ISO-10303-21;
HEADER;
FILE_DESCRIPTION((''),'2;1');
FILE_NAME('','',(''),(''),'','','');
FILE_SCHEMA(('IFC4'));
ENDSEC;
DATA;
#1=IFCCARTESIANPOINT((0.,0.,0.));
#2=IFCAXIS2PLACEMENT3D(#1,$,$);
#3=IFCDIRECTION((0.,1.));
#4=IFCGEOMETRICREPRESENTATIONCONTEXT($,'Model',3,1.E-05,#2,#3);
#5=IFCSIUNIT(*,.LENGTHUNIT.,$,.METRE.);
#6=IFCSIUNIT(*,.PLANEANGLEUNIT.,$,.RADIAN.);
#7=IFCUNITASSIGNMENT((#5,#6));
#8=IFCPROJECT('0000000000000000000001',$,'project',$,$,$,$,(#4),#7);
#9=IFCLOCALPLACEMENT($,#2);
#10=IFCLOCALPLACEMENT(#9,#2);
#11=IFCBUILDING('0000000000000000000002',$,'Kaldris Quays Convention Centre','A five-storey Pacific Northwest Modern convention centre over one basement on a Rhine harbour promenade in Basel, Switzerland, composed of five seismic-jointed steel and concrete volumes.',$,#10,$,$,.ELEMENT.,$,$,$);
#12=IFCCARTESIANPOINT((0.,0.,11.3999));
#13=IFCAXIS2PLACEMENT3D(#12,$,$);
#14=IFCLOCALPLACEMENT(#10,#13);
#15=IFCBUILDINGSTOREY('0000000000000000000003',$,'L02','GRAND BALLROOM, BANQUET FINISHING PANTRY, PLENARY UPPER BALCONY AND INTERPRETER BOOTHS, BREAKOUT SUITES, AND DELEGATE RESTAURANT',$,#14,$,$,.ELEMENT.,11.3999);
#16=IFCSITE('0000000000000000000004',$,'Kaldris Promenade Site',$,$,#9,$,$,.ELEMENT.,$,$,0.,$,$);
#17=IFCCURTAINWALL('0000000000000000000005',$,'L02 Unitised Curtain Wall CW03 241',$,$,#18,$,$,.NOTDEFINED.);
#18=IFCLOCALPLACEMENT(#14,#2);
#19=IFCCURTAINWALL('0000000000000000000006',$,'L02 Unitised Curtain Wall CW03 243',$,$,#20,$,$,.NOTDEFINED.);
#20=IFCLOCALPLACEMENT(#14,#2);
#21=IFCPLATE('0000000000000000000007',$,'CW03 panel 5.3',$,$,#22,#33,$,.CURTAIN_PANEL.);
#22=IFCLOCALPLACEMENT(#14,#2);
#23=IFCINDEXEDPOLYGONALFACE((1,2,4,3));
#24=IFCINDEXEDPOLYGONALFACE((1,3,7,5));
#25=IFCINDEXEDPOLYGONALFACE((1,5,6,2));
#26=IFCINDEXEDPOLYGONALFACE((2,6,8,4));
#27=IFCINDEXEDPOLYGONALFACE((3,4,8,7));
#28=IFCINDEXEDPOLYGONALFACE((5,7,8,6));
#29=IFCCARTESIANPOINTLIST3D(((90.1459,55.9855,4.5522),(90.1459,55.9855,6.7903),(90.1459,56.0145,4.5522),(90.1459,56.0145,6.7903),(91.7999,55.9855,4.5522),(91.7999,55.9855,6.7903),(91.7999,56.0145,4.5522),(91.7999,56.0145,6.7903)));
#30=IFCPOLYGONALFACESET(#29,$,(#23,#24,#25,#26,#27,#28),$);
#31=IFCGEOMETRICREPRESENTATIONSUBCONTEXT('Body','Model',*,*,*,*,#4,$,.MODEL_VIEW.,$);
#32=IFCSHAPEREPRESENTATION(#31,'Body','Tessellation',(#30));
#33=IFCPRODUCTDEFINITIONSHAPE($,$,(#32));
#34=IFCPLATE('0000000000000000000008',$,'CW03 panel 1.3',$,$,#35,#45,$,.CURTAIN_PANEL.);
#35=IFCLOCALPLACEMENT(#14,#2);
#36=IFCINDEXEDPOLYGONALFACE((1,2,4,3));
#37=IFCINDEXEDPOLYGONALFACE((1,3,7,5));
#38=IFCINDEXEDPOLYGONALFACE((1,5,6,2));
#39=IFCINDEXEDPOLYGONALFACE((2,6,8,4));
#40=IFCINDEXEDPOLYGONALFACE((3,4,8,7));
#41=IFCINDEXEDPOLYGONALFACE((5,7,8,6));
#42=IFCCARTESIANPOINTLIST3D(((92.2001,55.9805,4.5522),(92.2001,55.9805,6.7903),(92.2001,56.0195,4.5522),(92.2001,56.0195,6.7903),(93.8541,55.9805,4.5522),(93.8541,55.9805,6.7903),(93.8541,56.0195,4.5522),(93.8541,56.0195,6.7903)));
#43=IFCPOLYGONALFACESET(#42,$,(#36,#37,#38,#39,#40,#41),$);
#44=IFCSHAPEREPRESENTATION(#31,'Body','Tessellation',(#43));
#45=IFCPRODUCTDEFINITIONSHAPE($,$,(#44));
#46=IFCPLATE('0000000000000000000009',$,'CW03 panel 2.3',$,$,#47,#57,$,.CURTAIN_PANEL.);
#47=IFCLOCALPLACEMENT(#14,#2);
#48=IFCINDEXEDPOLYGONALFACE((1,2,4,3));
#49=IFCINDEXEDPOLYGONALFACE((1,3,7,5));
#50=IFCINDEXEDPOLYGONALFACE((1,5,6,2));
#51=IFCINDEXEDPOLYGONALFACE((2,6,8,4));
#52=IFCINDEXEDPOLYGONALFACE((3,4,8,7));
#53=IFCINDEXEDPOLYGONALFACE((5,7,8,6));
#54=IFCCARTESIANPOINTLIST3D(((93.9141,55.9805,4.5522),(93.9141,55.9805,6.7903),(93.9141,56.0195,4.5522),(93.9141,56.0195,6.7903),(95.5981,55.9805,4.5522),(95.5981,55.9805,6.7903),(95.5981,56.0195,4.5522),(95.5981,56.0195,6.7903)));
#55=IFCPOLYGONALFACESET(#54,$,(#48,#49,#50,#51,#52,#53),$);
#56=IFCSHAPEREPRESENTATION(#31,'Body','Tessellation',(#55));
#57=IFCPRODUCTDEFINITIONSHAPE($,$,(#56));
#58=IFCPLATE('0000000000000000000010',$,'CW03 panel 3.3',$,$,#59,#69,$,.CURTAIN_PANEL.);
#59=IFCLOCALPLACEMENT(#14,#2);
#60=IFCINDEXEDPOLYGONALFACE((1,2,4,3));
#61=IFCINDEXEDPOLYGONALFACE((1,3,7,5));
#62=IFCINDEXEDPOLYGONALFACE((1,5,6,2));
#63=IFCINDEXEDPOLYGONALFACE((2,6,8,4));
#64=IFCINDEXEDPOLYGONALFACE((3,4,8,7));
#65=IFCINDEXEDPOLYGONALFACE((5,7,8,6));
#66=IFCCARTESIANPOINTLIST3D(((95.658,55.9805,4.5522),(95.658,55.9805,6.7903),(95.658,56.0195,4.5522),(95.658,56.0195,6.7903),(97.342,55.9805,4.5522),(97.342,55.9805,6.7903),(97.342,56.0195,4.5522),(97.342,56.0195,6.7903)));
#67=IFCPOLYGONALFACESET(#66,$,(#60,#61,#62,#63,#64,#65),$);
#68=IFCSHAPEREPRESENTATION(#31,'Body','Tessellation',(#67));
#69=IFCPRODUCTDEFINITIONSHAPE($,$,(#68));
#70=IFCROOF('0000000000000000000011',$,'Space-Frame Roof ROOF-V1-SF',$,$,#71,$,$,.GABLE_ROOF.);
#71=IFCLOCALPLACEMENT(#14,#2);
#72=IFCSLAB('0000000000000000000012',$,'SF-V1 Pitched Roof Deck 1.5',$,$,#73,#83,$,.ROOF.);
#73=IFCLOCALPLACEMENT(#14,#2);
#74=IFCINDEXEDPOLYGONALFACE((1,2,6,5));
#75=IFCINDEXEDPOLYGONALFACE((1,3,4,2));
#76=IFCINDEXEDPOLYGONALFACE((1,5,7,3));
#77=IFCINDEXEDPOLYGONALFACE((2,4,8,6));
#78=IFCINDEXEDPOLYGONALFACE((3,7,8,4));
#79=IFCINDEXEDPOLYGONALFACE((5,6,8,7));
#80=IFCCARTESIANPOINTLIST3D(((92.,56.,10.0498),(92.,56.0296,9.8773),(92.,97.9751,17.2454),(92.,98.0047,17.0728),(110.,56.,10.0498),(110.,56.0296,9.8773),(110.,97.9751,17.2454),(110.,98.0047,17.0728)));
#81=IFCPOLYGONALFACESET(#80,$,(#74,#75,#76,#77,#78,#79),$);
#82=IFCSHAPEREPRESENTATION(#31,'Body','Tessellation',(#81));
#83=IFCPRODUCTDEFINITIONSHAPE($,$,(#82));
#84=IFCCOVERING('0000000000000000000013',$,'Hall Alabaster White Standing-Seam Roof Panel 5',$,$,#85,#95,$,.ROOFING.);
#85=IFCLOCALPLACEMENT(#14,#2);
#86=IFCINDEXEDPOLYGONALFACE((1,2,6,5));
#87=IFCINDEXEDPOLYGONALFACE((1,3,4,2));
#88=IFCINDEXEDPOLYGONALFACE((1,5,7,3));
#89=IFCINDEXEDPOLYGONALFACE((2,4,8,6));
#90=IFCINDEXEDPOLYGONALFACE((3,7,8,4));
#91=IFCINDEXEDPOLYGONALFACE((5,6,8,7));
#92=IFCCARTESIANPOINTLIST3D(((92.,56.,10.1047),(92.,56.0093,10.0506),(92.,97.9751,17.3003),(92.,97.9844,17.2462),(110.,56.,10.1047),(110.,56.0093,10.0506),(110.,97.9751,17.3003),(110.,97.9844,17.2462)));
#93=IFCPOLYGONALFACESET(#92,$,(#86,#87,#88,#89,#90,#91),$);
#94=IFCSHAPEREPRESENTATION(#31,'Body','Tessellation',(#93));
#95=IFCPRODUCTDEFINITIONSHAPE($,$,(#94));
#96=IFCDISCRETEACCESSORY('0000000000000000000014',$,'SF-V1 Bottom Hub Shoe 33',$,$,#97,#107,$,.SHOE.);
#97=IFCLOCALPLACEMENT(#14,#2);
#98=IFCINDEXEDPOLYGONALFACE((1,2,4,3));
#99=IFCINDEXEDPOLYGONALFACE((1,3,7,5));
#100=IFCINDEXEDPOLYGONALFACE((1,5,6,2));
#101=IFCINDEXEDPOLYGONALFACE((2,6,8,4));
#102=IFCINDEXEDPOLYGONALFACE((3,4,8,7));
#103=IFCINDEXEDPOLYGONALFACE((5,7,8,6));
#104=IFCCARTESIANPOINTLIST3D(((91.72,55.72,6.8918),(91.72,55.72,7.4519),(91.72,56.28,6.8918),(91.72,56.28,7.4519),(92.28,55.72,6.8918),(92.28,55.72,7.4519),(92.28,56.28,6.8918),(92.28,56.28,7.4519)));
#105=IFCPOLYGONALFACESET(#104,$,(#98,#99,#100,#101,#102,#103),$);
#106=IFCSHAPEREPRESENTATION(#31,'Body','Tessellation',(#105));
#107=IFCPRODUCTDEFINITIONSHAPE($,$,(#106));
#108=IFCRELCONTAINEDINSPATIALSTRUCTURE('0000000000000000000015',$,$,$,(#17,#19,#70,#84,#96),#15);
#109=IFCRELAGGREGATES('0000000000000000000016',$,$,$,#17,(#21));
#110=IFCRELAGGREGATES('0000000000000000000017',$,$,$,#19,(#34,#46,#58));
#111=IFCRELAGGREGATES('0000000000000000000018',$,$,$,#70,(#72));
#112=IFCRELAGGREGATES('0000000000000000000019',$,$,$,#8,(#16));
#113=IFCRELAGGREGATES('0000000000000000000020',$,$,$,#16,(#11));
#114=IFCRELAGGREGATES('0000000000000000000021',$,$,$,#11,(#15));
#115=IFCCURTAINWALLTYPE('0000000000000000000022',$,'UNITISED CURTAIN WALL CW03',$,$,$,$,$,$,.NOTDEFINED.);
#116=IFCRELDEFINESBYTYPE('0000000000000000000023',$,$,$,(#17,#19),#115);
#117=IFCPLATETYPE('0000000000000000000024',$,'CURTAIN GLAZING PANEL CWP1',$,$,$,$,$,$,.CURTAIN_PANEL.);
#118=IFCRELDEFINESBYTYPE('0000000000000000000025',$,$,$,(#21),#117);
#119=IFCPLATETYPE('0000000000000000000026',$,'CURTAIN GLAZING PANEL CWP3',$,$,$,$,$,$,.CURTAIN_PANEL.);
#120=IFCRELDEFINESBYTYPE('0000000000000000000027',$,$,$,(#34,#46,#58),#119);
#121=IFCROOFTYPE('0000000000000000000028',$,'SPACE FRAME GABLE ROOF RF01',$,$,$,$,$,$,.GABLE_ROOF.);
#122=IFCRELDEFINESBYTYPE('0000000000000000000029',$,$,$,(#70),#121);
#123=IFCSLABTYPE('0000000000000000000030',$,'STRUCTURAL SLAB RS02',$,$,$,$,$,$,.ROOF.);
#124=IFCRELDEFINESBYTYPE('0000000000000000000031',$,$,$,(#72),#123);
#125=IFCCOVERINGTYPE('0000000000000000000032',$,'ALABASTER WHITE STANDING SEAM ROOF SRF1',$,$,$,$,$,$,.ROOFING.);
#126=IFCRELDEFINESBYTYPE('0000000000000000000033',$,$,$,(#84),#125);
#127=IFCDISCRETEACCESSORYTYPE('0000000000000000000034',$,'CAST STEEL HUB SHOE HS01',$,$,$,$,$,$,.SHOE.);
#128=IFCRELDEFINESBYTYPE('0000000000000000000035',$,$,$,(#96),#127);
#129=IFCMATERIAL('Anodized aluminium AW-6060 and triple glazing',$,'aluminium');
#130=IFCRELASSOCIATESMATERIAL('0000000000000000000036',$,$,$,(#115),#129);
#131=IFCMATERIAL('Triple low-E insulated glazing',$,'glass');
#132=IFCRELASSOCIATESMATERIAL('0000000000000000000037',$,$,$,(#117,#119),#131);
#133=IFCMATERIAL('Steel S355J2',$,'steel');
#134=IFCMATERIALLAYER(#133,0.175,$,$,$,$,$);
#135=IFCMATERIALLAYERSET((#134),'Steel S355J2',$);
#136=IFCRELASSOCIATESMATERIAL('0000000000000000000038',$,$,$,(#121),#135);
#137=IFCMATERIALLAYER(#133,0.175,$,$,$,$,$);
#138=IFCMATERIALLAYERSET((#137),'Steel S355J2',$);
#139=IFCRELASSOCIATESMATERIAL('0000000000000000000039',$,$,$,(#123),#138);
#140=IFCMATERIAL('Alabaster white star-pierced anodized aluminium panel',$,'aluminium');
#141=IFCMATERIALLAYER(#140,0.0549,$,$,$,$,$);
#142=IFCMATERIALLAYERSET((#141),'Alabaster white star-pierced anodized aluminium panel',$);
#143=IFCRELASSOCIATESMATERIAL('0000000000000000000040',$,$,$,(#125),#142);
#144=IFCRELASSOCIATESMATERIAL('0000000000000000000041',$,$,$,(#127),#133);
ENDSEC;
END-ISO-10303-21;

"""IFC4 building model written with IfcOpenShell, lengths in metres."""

from ifc_helpers import new_model, si_unit, direction, frame, origin, origin_2d, place, context, subcontext, project, spatial, polyline, rectangle, outline, extrude, material, layer, layer_set, type_object, element, aggregate, save


model = new_model("IFC4")

# Units and contexts
model_context = context("Model", 3, precision=1e-05, world=origin(), true_north=direction((0.0, 1.0)))
body_context = subcontext(model_context, "Body", "Model", "MODEL_VIEW")
ifc_project = project(units=[si_unit("LENGTHUNIT", "METRE"), si_unit("PLANEANGLEUNIT", "RADIAN")], contexts=[model_context])

# Site, building, storey
site_placement = place(None, origin())
site = spatial("IfcSite", under=ifc_project, at=site_placement, Name="Kaldris Promenade Site", CompositionType="ELEMENT", RefElevation=0.0)
building_placement = place(site_placement, origin())
building = spatial("IfcBuilding", under=site, at=building_placement, Name="Kaldris Quays Convention Centre", Description="A five-storey Pacific Northwest Modern convention centre over one basement on a Rhine harbour promenade in Basel, Switzerland, composed of five seismic-jointed steel and concrete volumes.", CompositionType="ELEMENT")
storey_placement = place(building_placement, frame((0.0, 0.0, 11.3999)))
storey = spatial("IfcBuildingStorey", under=building, at=storey_placement, Name="L02", Description="GRAND BALLROOM, BANQUET FINISHING PANTRY, PLENARY UPPER BALCONY AND INTERPRETER BOOTHS, BREAKOUT SUITES, AND DELEGATE RESTAURANT", CompositionType="ELEMENT", Elevation=11.3999)

# Curtain walls
ifc_material_1 = material(Name="Anodized aluminium AW-6060 and triple glazing", Category="aluminium")
curtain_wall_type = type_object("IfcCurtainWallType", Name="UNITISED CURTAIN WALL CW03", PredefinedType="NOTDEFINED", material=ifc_material_1)
curtain_wall_1_placement = place(storey_placement, origin())
curtain_wall_1 = element("IfcCurtainWall", 1, at=curtain_wall_1_placement, inside=storey, type_object=curtain_wall_type, Name="L02 Unitised Curtain Wall CW03 241", PredefinedType="NOTDEFINED")
curtain_wall_2_placement = place(storey_placement, origin())
curtain_wall_2 = element("IfcCurtainWall", 2, at=curtain_wall_2_placement, inside=storey, type_object=curtain_wall_type, Name="L02 Unitised Curtain Wall CW03 243", PredefinedType="NOTDEFINED")

# Plates
ifc_material_2 = material(Name="Triple low-E insulated glazing", Category="glass")
plate_type_1 = type_object("IfcPlateType", Name="CURTAIN GLAZING PANEL CWP1", PredefinedType="CURTAIN_PANEL", material=ifc_material_2)
plate_1_placement = place(storey_placement, frame((90.9729, 56.0, 4.5522), z_axis=(0.0, 0.0, 1.0), x_axis=(1.0, 0.0, 0.0)))
plate_1 = element("IfcPlate", 3, at=plate_1_placement, type_object=plate_type_1, Name="CW03 panel 5.3", PredefinedType="CURTAIN_PANEL", context=body_context, shape_type="SweptSolid", body=[
    extrude(rectangle(XDim=1.6541, YDim=0.0291, at=origin_2d()), origin(), (0.0, 0.0, 1.0), 2.238),
])
aggregate(curtain_wall_1, [plate_1])
plate_type_2 = type_object("IfcPlateType", Name="CURTAIN GLAZING PANEL CWP3", PredefinedType="CURTAIN_PANEL", material=ifc_material_2)
plate_2_placement = place(storey_placement, frame((93.0271, 56.0, 4.5522), z_axis=(0.0, 0.0, 1.0), x_axis=(1.0, 0.0, 0.0)))
plate_2 = element("IfcPlate", 4, at=plate_2_placement, type_object=plate_type_2, Name="CW03 panel 1.3", PredefinedType="CURTAIN_PANEL", context=body_context, shape_type="SweptSolid", body=[
    extrude(rectangle(XDim=1.6541, YDim=0.0391, at=origin_2d()), origin(), (0.0, 0.0, 1.0), 2.238),
])
plate_3_placement = place(storey_placement, frame((94.7561, 56.0, 4.5522), z_axis=(0.0, 0.0, 1.0), x_axis=(1.0, 0.0, 0.0)))
plate_3 = element("IfcPlate", 5, at=plate_3_placement, type_object=plate_type_2, Name="CW03 panel 2.3", PredefinedType="CURTAIN_PANEL", context=body_context, shape_type="SweptSolid", body=[
    extrude(rectangle(XDim=1.6841, YDim=0.0391, at=origin_2d()), origin(), (0.0, 0.0, 1.0), 2.238),
])
plate_4_placement = place(storey_placement, frame((96.5, 56.0, 4.5522), z_axis=(0.0, 0.0, 1.0), x_axis=(1.0, 0.0, 0.0)))
plate_4 = element("IfcPlate", 6, at=plate_4_placement, type_object=plate_type_2, Name="CW03 panel 3.3", PredefinedType="CURTAIN_PANEL", context=body_context, shape_type="SweptSolid", body=[
    extrude(rectangle(XDim=1.6841, YDim=0.0391, at=origin_2d()), origin(), (0.0, 0.0, 1.0), 2.238),
])
aggregate(curtain_wall_2, [plate_2, plate_3, plate_4])

# Roof, slab
ifc_material_3 = material(Name="Steel S355J2", Category="steel")
ifc_layer_1 = layer(ifc_material_3, 0.175)
ifc_layer_set_1 = layer_set([ifc_layer_1], Name="Steel S355J2")
roof_type = type_object("IfcRoofType", Name="SPACE FRAME GABLE ROOF RF01", PredefinedType="GABLE_ROOF", material=ifc_layer_set_1)
roof_placement = place(storey_placement, origin())
roof = element("IfcRoof", 7, at=roof_placement, inside=storey, type_object=roof_type, Name="Space-Frame Roof ROOF-V1-SF", PredefinedType="GABLE_ROOF")
ifc_layer_2 = layer(ifc_material_3, 0.175)
ifc_layer_set_2 = layer_set([ifc_layer_2], Name="Steel S355J2")
slab_type = type_object("IfcSlabType", Name="STRUCTURAL SLAB RS02", PredefinedType="ROOF", material=ifc_layer_set_2)
slab_placement = place(storey_placement, frame((92.0, 56.0, 10.0498), z_axis=(0.0, -0.16896, 0.985623), x_axis=(1.0, 0.0, 0.0)))
slab = element("IfcSlab", 8, at=slab_placement, type_object=slab_type, Name="SF-V1 Pitched Roof Deck 1.5", PredefinedType="ROOF", context=body_context, shape_type="SweptSolid", body=[
    extrude(outline(polyline([(0.0, 0.0), (18.0, 0.0), (18.0, 42.5874), (0.0, 42.5874), (0.0, 0.0)])), origin(), (0.0, 0.0, -1.0), 0.175),
])
aggregate(roof, [slab])

# Covering
ifc_material_4 = material(Name="Alabaster white star-pierced anodized aluminium panel", Category="aluminium")
ifc_layer_3 = layer(ifc_material_4, 0.0549)
ifc_layer_set_3 = layer_set([ifc_layer_3], Name="Alabaster white star-pierced anodized aluminium panel")
covering_type = type_object("IfcCoveringType", Name="ALABASTER WHITE STANDING SEAM ROOF SRF1", PredefinedType="ROOFING", material=ifc_layer_set_3)
covering_placement = place(storey_placement, frame((92.0, 56.0, 10.1047), z_axis=(0.0, -0.16896, 0.985623), x_axis=(1.0, 0.0, 0.0)))
element("IfcCovering", 9, at=covering_placement, inside=storey, type_object=covering_type, Name="Hall Alabaster White Standing-Seam Roof Panel 5", PredefinedType="ROOFING", context=body_context, shape_type="SweptSolid", body=[
    extrude(outline(polyline([(0.0, 0.0), (18.0, 0.0), (18.0, 42.5874), (0.0, 42.5874), (0.0, 0.0)])), origin(), (0.0, 0.0, -1.0), 0.0549),
])

# Discrete accessory
discrete_accessory_type = type_object("IfcDiscreteAccessoryType", Name="CAST STEEL HUB SHOE HS01", PredefinedType="SHOE", material=ifc_material_3)
discrete_accessory_placement = place(storey_placement, frame((92.0, 56.0, 6.8918), z_axis=(0.0, 0.0, 1.0), x_axis=(1.0, 0.0, 0.0)))
element("IfcDiscreteAccessory", 10, at=discrete_accessory_placement, inside=storey, type_object=discrete_accessory_type, Name="SF-V1 Bottom Hub Shoe 33", PredefinedType="SHOE", context=body_context, shape_type="SweptSolid", body=[
    extrude(rectangle(XDim=0.5601, YDim=0.5601, at=origin_2d()), origin(), (0.0, 0.0, 1.0), 0.5601),
])

save(model, "model.ifc")
